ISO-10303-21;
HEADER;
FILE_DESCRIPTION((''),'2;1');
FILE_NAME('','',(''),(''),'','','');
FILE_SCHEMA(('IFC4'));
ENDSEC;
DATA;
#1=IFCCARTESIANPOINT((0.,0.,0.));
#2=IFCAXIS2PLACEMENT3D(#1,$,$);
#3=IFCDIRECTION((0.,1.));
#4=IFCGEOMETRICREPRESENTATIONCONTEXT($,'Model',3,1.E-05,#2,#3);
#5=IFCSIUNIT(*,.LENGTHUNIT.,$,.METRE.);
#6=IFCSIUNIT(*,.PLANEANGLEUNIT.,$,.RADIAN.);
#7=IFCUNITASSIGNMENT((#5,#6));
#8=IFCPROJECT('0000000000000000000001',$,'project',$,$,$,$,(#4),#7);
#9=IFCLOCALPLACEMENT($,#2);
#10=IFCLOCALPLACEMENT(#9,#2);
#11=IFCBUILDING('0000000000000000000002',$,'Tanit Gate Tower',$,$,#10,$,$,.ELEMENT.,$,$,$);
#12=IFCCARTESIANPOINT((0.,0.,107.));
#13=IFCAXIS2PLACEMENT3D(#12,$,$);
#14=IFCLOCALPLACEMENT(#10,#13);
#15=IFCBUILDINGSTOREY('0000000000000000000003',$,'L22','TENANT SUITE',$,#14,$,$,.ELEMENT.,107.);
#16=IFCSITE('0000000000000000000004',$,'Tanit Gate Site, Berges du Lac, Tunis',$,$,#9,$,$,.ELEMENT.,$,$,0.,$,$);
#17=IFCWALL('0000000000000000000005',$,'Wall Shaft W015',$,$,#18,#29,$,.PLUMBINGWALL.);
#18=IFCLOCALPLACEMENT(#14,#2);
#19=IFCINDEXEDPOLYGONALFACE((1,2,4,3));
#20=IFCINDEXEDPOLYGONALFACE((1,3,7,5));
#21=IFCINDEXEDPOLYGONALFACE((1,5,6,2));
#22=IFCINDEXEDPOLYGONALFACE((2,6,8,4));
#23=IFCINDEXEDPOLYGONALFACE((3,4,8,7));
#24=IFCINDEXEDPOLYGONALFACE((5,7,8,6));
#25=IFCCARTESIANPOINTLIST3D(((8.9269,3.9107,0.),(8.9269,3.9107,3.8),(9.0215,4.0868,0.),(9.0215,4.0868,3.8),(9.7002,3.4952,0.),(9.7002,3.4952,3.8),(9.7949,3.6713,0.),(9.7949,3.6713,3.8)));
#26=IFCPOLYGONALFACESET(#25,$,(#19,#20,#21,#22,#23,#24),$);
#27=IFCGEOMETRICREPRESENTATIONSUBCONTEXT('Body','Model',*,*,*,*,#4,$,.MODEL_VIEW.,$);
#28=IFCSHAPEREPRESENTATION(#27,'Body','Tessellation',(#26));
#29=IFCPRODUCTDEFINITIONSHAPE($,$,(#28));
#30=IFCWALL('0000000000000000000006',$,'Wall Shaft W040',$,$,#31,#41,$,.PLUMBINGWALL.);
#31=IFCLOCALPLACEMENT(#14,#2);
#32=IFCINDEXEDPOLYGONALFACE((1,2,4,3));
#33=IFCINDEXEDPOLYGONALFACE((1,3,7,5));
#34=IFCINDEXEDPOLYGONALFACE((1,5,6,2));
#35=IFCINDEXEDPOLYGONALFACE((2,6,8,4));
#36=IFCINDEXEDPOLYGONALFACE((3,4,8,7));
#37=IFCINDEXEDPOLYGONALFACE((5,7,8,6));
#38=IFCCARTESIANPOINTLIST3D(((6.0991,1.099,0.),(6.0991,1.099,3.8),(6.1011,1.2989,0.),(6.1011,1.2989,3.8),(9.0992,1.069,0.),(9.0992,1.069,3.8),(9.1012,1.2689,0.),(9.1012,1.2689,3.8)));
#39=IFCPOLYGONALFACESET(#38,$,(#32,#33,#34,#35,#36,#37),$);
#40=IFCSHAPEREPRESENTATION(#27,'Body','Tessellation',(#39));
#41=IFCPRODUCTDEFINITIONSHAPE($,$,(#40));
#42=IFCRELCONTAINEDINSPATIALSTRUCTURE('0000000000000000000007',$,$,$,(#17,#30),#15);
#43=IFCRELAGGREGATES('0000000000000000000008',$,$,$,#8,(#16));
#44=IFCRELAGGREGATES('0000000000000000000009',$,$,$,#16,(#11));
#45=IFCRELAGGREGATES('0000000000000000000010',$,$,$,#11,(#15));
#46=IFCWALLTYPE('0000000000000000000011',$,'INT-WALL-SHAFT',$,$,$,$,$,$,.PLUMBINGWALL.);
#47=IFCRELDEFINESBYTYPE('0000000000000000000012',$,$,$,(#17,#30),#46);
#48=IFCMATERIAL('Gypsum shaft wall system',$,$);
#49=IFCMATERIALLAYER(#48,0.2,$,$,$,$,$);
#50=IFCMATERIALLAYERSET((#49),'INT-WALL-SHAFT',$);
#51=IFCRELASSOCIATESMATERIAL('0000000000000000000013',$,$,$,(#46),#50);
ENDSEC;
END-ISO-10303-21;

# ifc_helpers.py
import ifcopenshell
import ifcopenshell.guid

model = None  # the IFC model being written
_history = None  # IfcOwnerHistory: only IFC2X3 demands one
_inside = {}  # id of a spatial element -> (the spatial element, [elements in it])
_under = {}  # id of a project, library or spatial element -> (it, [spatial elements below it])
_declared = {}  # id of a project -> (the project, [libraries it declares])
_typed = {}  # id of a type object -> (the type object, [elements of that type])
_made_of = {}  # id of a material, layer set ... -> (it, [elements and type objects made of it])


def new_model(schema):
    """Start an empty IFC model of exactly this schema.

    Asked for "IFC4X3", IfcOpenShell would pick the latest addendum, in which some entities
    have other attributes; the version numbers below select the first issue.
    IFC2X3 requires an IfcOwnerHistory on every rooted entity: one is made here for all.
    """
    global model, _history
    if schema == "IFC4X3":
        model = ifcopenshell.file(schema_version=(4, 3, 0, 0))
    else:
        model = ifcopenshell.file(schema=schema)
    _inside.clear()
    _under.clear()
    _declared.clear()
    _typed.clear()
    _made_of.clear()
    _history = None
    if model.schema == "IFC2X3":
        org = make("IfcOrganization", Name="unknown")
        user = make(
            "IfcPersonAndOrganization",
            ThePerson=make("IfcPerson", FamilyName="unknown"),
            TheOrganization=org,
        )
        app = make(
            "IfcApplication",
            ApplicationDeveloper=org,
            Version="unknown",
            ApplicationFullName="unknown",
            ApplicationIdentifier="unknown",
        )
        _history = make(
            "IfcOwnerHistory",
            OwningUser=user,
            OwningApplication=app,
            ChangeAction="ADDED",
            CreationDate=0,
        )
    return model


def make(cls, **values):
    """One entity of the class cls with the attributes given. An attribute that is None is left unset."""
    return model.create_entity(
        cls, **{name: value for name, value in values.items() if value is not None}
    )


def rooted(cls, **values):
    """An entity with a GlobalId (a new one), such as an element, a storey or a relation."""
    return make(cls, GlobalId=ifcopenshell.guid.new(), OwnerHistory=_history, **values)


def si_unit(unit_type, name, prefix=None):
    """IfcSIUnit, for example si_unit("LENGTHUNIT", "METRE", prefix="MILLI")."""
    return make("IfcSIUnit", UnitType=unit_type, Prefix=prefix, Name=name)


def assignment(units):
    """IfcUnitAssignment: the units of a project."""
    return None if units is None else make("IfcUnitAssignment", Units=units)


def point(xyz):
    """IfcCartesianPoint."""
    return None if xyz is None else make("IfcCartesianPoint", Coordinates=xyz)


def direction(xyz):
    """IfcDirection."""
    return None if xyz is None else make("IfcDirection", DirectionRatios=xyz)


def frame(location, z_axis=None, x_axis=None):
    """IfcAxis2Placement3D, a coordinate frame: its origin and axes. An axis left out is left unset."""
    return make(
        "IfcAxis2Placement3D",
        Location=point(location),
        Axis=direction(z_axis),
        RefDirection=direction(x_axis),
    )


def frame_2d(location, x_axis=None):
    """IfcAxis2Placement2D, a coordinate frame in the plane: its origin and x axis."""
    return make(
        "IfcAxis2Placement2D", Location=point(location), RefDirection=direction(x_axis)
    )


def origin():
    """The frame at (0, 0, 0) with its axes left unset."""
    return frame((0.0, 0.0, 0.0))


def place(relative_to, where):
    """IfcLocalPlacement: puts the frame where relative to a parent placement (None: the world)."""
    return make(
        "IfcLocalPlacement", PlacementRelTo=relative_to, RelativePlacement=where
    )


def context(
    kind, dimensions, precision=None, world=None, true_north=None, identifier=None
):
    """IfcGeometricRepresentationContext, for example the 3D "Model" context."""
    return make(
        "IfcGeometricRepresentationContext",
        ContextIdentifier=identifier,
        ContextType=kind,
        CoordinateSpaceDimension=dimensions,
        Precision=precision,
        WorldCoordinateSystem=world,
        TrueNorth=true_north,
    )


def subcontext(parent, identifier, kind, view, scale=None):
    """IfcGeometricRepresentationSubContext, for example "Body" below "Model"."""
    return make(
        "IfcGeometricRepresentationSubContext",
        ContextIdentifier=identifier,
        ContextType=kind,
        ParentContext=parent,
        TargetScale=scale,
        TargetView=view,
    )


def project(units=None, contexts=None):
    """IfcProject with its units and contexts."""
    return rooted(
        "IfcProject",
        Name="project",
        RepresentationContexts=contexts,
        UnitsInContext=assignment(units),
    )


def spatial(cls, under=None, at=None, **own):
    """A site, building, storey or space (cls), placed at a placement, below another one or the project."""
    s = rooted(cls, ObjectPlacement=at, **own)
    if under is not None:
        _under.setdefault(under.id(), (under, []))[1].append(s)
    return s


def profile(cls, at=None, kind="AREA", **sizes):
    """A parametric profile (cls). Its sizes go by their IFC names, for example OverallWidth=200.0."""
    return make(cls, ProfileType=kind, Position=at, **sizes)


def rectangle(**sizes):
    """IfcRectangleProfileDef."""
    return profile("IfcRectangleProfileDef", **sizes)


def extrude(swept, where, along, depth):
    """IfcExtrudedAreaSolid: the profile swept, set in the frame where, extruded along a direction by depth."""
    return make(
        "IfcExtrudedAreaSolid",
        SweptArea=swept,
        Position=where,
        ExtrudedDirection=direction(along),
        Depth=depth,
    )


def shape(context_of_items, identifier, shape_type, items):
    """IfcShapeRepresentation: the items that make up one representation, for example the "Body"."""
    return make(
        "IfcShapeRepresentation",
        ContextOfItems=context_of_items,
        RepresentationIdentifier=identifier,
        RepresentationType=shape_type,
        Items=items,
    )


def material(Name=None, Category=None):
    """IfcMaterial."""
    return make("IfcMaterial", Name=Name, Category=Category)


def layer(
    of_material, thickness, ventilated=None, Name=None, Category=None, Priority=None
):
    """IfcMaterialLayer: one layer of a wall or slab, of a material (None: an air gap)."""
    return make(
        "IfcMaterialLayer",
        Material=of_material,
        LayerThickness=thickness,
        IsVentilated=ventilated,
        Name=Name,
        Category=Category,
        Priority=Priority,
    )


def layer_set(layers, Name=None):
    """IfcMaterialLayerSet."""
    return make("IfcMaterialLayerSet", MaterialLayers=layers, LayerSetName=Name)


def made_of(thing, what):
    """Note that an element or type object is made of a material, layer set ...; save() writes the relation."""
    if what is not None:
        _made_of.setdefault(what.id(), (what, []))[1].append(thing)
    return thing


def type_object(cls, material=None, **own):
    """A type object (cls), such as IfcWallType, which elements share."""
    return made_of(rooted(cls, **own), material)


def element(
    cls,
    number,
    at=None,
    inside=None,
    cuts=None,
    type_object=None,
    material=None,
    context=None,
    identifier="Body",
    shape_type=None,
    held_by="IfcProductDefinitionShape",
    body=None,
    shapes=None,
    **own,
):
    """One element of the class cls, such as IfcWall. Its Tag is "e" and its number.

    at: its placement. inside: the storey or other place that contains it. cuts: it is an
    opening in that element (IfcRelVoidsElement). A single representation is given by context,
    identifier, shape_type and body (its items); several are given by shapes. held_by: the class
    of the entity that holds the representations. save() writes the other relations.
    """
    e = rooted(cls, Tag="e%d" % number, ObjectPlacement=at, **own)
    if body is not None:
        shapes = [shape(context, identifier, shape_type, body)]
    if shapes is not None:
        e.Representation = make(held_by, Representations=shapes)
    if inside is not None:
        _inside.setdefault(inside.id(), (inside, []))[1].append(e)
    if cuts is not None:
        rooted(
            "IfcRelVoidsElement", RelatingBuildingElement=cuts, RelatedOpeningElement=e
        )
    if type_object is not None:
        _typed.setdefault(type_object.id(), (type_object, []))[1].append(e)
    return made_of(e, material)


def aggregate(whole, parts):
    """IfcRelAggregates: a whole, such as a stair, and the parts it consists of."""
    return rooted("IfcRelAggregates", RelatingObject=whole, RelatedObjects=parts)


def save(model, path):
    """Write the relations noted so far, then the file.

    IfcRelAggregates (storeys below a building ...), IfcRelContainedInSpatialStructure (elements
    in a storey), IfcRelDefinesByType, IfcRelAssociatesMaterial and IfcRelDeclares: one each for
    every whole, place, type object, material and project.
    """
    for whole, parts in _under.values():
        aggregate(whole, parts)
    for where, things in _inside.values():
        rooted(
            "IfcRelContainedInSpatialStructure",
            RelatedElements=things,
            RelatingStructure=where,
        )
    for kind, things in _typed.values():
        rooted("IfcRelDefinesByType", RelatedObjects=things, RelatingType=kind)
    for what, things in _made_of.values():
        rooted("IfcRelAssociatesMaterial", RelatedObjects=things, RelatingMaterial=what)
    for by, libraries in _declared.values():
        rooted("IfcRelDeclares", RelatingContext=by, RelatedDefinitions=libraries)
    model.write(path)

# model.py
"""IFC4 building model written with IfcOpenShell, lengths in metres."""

from ifc_helpers import new_model, si_unit, direction, frame, frame_2d, origin, place, context, subcontext, project, spatial, rectangle, extrude, material, layer, layer_set, type_object, element, save


model = new_model("IFC4")

# Units and contexts
model_context = context("Model", 3, precision=1e-05, world=origin(), true_north=direction((0.0, 1.0)))
body_context = subcontext(model_context, "Body", "Model", "MODEL_VIEW")
ifc_project = project(units=[si_unit("LENGTHUNIT", "METRE"), si_unit("PLANEANGLEUNIT", "RADIAN")], contexts=[model_context])

# Site, building, storey
site_placement = place(None, origin())
site = spatial("IfcSite", under=ifc_project, at=site_placement, Name="Tanit Gate Site, Berges du Lac, Tunis", CompositionType="ELEMENT", RefElevation=0.0)
building_placement = place(site_placement, origin())
building = spatial("IfcBuilding", under=site, at=building_placement, Name="Tanit Gate Tower", CompositionType="ELEMENT")
storey_placement = place(building_placement, frame((0.0, 0.0, 107.0)))
storey = spatial("IfcBuildingStorey", under=building, at=storey_placement, Name="L22", Description="TENANT SUITE", CompositionType="ELEMENT", Elevation=107.0)

# Wall
ifc_material_1 = material(Name="Gypsum shaft wall system")
ifc_layer_1 = layer(ifc_material_1, 0.2)
ifc_layer_set_1 = layer_set([ifc_layer_1], Name="INT-WALL-SHAFT")
wall_type_1 = type_object("IfcWallType", Name="INT-WALL-SHAFT", PredefinedType="PLUMBINGWALL", material=ifc_layer_set_1)
wall_1_placement = place(storey_placement, frame((9.7476, 3.5833, 0.0), z_axis=(0.0, 0.0, 1.0), x_axis=(-0.880917, 0.473271, 0.0)))
element("IfcWall", 1, at=wall_1_placement, inside=storey, type_object=wall_type_1, Name="Wall Shaft W015", PredefinedType="PLUMBINGWALL", context=body_context, shape_type="SweptSolid", body=[
    extrude(rectangle(XDim=0.8779, YDim=0.2, at=frame_2d((0.439, 0.0))), origin(), (0.0, 0.0, 1.0), 3.8),
])

# Wall
wall_2_placement = place(storey_placement, frame((9.1001, 1.1689, 0.0), z_axis=(0.0, 0.0, 1.0), x_axis=(-0.99995, 0.010009, 0.0)))
element("IfcWall", 2, at=wall_2_placement, inside=storey, type_object=wall_type_1, Name="Wall Shaft W040", PredefinedType="PLUMBINGWALL", context=body_context, shape_type="SweptSolid", body=[
    extrude(rectangle(XDim=3.0002, YDim=0.2, at=frame_2d((1.5, 0.0))), origin(), (0.0, 0.0, 1.0), 3.8),
])

save(model, "model.ifc")
